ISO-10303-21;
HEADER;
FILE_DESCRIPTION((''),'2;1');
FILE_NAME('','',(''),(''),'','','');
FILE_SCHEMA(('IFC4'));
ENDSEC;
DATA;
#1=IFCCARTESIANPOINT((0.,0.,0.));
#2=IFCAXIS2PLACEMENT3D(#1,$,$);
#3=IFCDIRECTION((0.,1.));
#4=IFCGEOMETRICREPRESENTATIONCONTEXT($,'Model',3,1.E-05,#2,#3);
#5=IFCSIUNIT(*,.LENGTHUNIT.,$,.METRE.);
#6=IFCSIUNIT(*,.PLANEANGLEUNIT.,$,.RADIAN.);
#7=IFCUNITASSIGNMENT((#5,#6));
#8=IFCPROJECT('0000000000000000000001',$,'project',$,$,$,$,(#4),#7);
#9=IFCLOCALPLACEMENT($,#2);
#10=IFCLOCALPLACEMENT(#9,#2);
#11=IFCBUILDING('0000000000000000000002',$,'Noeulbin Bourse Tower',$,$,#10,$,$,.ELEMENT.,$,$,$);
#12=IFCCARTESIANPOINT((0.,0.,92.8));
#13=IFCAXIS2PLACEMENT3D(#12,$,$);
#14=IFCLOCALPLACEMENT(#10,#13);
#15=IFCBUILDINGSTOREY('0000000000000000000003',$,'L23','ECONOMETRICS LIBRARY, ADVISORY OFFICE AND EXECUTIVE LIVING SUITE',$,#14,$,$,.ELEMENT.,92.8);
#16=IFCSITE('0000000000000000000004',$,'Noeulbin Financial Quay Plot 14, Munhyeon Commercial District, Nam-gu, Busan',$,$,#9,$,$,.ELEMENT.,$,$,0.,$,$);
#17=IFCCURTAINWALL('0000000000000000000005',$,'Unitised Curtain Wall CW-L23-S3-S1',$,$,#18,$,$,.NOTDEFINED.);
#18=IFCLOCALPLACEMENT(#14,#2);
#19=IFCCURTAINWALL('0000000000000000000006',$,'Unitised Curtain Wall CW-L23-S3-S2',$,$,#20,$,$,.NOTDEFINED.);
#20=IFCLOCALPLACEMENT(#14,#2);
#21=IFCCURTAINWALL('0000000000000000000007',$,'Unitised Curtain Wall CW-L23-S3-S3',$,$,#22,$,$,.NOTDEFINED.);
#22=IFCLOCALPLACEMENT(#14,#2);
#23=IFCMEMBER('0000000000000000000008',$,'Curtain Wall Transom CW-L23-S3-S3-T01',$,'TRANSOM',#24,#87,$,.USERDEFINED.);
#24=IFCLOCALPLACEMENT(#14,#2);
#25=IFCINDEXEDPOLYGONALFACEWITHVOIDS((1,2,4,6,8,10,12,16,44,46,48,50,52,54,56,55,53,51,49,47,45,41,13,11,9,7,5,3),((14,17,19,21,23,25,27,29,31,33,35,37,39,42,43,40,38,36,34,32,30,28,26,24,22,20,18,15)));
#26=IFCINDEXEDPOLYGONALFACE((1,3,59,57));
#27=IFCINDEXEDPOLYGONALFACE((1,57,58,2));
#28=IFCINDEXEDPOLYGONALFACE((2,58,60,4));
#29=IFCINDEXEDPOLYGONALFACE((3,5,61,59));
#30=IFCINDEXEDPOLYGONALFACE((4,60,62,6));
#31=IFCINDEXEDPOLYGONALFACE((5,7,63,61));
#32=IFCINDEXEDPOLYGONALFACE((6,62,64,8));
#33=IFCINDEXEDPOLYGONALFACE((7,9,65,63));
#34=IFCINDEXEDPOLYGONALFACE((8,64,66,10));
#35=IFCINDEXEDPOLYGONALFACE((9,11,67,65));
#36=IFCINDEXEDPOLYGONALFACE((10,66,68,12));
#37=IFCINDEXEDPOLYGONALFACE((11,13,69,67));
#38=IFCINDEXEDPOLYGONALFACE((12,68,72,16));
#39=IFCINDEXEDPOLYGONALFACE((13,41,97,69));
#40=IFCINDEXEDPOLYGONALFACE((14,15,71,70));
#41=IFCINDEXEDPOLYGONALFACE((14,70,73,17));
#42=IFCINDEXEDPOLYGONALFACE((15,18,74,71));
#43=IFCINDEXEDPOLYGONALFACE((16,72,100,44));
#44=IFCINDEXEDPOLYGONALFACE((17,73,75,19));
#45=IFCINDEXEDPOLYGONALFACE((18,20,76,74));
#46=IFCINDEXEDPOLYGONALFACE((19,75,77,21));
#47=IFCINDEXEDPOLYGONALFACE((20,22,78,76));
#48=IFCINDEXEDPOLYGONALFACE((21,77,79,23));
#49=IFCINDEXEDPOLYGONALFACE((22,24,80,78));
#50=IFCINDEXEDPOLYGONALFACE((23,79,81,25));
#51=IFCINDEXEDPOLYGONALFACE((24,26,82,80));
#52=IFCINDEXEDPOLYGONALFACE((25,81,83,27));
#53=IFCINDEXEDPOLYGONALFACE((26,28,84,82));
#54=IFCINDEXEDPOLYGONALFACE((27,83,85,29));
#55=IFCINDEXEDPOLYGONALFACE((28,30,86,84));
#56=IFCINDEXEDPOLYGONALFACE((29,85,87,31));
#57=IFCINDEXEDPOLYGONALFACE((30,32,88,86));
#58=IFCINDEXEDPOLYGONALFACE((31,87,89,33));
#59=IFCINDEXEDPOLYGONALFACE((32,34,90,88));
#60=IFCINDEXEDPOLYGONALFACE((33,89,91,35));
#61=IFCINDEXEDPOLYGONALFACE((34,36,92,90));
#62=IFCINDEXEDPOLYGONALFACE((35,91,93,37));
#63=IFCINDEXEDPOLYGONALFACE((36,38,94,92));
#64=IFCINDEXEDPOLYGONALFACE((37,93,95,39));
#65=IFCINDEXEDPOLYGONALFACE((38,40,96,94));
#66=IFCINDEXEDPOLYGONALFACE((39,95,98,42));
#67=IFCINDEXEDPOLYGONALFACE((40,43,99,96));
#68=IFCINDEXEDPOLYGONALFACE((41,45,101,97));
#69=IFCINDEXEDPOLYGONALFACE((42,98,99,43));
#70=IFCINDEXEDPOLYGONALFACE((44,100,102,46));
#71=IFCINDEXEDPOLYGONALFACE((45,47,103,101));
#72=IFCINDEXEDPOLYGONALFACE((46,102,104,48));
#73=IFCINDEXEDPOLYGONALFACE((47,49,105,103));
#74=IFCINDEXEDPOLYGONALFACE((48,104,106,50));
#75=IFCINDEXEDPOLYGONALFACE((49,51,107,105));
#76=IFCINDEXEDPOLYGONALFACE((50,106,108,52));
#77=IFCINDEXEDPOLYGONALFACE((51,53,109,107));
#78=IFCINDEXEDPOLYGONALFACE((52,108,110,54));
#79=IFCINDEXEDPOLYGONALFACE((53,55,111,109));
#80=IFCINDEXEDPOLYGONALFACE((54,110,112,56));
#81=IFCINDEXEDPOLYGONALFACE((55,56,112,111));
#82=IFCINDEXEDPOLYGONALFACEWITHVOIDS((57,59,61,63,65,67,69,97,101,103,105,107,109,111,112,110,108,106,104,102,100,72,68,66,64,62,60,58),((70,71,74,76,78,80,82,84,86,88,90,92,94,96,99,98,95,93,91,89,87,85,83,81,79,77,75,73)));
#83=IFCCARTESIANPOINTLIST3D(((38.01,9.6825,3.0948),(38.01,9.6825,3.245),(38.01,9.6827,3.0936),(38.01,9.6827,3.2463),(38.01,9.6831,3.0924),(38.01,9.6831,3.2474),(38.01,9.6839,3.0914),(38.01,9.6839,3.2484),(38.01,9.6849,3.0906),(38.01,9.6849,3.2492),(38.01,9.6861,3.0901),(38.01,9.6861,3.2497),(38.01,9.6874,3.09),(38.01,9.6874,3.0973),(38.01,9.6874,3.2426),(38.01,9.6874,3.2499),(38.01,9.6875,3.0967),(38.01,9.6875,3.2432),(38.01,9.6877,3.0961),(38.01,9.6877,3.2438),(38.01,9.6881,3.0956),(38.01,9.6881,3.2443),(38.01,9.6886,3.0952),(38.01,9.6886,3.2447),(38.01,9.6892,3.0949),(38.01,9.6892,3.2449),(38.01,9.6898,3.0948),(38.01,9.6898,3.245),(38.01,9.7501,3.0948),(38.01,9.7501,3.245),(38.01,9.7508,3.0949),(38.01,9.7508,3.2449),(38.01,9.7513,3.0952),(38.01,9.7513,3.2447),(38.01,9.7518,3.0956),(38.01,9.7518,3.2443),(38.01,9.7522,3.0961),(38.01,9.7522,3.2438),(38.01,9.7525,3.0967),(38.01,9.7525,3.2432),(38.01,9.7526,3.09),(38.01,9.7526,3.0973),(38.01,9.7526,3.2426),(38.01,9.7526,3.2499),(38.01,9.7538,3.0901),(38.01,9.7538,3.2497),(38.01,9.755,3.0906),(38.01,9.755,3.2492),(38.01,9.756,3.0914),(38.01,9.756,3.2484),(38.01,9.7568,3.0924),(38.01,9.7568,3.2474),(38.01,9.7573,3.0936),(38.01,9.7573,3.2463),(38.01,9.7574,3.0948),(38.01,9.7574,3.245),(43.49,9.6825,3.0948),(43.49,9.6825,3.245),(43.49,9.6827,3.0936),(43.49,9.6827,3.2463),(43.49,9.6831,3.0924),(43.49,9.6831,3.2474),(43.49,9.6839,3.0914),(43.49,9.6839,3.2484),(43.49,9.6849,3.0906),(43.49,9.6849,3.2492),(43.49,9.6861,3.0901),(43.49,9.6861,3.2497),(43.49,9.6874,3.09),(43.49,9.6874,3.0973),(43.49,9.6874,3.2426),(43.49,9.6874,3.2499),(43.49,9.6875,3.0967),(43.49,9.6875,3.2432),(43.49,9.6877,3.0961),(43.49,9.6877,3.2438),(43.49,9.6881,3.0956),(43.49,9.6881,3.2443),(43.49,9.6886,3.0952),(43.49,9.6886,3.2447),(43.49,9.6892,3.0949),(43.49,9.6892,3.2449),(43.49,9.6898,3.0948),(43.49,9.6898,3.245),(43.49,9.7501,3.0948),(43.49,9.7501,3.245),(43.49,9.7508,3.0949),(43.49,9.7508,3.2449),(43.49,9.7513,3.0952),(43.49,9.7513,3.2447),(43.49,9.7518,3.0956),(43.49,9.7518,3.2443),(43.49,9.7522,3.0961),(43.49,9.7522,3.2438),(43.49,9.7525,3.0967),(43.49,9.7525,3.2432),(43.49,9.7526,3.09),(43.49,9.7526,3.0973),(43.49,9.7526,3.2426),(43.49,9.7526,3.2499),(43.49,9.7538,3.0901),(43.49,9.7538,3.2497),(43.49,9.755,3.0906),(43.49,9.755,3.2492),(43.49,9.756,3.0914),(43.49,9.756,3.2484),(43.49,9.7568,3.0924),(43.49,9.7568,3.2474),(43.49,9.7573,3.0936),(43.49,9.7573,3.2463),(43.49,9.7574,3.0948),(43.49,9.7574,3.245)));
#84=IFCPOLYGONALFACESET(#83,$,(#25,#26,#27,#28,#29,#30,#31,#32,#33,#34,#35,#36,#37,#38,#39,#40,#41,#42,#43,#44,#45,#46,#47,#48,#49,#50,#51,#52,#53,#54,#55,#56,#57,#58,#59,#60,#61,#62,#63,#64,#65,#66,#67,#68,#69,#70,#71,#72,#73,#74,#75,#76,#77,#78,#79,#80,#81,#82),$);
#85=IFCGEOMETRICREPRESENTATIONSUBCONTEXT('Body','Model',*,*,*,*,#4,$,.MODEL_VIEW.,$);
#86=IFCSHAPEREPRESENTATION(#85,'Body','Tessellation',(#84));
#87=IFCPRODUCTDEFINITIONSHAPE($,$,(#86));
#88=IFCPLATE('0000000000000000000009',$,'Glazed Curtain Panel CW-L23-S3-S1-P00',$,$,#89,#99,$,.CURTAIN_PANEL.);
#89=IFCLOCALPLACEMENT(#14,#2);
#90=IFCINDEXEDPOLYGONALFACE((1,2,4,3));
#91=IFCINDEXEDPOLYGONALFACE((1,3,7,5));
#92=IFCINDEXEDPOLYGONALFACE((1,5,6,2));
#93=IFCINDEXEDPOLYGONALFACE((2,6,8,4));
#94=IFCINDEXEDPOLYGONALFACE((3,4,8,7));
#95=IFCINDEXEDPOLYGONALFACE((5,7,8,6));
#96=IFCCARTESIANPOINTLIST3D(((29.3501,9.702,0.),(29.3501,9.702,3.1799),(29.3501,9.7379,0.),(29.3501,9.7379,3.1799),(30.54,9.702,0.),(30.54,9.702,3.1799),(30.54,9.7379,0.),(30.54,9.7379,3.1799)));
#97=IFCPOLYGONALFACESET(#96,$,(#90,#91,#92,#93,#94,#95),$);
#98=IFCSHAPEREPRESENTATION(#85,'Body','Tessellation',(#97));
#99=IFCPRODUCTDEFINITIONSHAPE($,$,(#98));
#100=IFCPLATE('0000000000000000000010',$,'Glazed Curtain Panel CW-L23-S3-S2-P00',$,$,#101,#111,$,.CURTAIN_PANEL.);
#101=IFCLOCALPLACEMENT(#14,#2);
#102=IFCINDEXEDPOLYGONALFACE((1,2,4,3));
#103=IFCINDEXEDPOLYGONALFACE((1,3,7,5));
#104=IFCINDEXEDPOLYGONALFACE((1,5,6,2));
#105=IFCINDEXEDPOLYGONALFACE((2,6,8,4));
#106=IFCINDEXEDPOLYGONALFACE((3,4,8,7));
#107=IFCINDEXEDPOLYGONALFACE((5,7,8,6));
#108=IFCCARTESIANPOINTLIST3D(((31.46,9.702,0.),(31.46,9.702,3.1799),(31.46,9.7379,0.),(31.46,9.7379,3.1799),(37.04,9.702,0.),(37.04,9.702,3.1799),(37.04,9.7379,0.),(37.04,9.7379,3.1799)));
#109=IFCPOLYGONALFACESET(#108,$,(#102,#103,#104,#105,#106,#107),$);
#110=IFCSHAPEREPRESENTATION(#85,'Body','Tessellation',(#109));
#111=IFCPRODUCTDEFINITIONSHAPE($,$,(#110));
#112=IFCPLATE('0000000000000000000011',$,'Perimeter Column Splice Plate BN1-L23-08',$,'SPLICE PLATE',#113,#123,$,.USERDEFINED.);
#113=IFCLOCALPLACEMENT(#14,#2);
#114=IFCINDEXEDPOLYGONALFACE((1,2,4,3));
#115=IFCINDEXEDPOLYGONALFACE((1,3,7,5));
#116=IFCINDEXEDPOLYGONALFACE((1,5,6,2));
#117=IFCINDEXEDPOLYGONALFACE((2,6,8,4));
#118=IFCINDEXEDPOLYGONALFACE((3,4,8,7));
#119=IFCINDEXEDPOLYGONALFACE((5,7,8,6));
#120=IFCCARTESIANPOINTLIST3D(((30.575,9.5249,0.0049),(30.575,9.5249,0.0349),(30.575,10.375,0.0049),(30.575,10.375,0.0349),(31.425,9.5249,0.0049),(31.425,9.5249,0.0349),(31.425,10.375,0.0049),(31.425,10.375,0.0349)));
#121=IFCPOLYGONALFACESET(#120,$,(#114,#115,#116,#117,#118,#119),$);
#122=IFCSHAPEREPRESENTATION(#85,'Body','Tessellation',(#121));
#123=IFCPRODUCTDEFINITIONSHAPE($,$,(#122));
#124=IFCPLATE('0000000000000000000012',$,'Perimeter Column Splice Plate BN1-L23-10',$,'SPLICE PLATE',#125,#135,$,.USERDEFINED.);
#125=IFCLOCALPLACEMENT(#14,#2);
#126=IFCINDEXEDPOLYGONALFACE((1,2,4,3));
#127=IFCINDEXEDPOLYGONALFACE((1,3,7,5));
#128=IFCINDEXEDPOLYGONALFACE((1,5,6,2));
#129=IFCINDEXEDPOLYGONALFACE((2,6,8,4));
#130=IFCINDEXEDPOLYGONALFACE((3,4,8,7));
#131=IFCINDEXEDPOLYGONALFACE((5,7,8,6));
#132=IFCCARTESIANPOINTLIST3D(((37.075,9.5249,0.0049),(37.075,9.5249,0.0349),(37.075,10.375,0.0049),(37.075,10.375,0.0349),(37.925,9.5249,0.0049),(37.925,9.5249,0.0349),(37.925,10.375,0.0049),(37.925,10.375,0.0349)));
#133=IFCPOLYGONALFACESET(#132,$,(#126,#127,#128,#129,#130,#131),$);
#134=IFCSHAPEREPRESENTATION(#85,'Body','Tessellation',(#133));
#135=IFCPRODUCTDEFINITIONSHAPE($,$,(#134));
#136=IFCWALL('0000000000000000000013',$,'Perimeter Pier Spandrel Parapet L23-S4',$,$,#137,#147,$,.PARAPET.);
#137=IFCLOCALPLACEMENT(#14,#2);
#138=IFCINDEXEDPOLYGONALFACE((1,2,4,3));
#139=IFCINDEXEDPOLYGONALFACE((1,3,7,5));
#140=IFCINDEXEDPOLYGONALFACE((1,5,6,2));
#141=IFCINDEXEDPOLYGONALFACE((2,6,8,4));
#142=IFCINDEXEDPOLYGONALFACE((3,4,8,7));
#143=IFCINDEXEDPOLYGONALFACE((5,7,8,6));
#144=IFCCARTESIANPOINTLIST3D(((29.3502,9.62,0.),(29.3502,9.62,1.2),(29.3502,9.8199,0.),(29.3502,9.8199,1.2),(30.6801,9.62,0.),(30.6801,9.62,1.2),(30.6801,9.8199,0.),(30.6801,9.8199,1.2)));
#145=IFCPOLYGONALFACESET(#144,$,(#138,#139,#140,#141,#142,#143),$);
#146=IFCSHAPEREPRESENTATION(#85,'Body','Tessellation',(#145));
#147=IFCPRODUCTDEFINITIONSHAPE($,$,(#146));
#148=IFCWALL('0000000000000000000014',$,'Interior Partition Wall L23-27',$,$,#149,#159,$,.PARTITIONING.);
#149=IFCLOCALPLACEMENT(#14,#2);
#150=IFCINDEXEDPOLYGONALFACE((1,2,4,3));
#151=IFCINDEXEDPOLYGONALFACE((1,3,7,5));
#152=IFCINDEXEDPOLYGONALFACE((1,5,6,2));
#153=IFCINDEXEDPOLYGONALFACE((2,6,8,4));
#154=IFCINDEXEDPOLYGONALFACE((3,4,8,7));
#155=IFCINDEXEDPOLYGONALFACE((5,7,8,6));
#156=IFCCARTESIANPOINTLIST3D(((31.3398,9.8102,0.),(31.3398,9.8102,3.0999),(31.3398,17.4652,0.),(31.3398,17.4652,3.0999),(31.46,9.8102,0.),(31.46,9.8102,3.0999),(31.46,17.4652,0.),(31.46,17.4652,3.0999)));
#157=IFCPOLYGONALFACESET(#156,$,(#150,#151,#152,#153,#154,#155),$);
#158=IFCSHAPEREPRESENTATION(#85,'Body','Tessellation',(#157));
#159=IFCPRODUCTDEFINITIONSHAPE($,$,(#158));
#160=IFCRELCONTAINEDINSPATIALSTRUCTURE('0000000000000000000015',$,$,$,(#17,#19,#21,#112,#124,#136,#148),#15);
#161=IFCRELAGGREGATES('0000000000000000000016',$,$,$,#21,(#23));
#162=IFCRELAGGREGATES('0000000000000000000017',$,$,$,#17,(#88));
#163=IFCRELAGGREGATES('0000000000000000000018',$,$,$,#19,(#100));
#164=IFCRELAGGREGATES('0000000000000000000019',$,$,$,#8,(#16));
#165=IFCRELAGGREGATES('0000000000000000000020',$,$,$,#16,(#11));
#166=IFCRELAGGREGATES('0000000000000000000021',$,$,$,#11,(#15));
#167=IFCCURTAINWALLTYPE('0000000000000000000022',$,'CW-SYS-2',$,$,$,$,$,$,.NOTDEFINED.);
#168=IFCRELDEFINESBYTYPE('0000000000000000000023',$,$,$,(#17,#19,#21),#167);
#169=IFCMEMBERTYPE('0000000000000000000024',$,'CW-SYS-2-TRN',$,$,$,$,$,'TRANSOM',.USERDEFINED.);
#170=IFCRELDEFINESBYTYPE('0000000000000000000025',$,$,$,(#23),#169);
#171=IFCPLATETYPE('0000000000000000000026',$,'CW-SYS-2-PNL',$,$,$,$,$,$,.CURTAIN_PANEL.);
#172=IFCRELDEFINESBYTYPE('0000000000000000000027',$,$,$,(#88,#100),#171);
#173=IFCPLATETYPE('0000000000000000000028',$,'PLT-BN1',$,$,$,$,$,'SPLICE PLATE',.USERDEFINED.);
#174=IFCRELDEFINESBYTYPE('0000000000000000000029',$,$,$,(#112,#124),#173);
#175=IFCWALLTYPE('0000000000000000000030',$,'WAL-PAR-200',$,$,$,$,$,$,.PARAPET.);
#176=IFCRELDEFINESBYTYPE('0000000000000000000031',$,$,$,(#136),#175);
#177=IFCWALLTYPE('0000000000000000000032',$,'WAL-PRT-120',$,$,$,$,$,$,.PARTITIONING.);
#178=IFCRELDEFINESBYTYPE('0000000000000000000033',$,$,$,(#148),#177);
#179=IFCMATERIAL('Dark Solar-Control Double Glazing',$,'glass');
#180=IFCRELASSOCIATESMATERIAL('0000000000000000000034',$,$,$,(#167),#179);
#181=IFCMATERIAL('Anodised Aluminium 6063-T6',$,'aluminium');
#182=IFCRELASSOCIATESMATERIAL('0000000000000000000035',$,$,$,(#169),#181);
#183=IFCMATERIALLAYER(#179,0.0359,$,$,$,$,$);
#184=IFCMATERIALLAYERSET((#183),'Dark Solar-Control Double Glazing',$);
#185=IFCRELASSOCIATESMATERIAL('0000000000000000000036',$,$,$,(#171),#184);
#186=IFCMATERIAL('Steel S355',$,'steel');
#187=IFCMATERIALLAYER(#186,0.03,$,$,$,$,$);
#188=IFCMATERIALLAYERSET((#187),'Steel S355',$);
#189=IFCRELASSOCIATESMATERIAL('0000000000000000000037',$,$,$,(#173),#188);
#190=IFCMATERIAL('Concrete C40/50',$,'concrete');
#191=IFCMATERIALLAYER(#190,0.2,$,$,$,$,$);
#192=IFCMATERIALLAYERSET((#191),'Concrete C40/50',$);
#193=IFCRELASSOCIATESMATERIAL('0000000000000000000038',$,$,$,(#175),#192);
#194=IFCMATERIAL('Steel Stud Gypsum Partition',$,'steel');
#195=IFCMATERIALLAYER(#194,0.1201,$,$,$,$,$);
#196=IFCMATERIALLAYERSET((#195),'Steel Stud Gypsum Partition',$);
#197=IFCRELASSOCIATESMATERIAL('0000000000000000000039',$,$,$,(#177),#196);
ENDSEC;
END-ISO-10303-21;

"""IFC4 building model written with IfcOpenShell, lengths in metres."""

from ifc_helpers import new_model, si_unit, direction, frame, frame_2d, origin, origin_2d, place, context, subcontext, project, spatial, rectangle, hollow_rectangle, extrude, material, layer, layer_set, material_profile, profile_set, type_object, element, aggregate, save


model = new_model("IFC4")

# Units and contexts
model_context = context("Model", 3, precision=1e-05, world=origin(), true_north=direction((0.0, 1.0)))
body_context = subcontext(model_context, "Body", "Model", "MODEL_VIEW")
ifc_project = project(units=[si_unit("LENGTHUNIT", "METRE"), si_unit("PLANEANGLEUNIT", "RADIAN")], contexts=[model_context])

# Site, building, storey
site_placement = place(None, origin())
site = spatial("IfcSite", under=ifc_project, at=site_placement, Name="Noeulbin Financial Quay Plot 14, Munhyeon Commercial District, Nam-gu, Busan", CompositionType="ELEMENT", RefElevation=0.0)
building_placement = place(site_placement, origin())
building = spatial("IfcBuilding", under=site, at=building_placement, Name="Noeulbin Bourse Tower", CompositionType="ELEMENT")
storey_placement = place(building_placement, frame((0.0, 0.0, 92.8)))
storey = spatial("IfcBuildingStorey", under=building, at=storey_placement, Name="L23", Description="ECONOMETRICS LIBRARY, ADVISORY OFFICE AND EXECUTIVE LIVING SUITE", CompositionType="ELEMENT", Elevation=92.8)

# Shared definitions
ifc_material_1 = material(Name="Steel S355", Category="steel")

# Curtain walls
ifc_material_2 = material(Name="Dark Solar-Control Double Glazing", Category="glass")
curtain_wall_type = type_object("IfcCurtainWallType", Name="CW-SYS-2", PredefinedType="NOTDEFINED", material=ifc_material_2)
curtain_wall_1_placement = place(storey_placement, origin())
curtain_wall_1 = element("IfcCurtainWall", 1, at=curtain_wall_1_placement, inside=storey, type_object=curtain_wall_type, Name="Unitised Curtain Wall CW-L23-S3-S1", PredefinedType="NOTDEFINED")
ifc_material_3 = material(Name="Anodised Aluminium 6063-T6", Category="aluminium")
curtain_wall_2_placement = place(storey_placement, origin())
curtain_wall_2 = element("IfcCurtainWall", 2, at=curtain_wall_2_placement, inside=storey, type_object=curtain_wall_type, Name="Unitised Curtain Wall CW-L23-S3-S2", PredefinedType="NOTDEFINED")

# Curtain wall
curtain_wall_3_placement = place(storey_placement, origin())
curtain_wall_3 = element("IfcCurtainWall", 3, at=curtain_wall_3_placement, inside=storey, type_object=curtain_wall_type, Name="Unitised Curtain Wall CW-L23-S3-S3", PredefinedType="NOTDEFINED")

# Member
ifc_material_profile_1 = material_profile(ifc_material_3, hollow_rectangle(XDim=0.075, YDim=0.1599, WallThickness=0.0049, InnerFilletRadius=0.0024, OuterFilletRadius=0.0049, at=origin_2d()), Name="ALU-TRAN-75x160x5", Category="LoadBearing")
ifc_profile_set_1 = profile_set([ifc_material_profile_1], Name="Anodised Aluminium 6063-T6")
member_type_1 = type_object("IfcMemberType", Name="CW-SYS-2-TRN", ElementType="TRANSOM", PredefinedType="USERDEFINED", material=ifc_profile_set_1)
member_1_placement = place(storey_placement, frame((38.01, 9.72, 3.1699), z_axis=(1.0, 0.0, 0.0), x_axis=(0.0, 1.0, 0.0)))
member_1 = element("IfcMember", 4, at=member_1_placement, type_object=member_type_1, Name="Curtain Wall Transom CW-L23-S3-S3-T01", ObjectType="TRANSOM", PredefinedType="USERDEFINED", context=body_context, shape_type="SweptSolid", body=[
    extrude(hollow_rectangle(XDim=0.075, YDim=0.1599, WallThickness=0.0049, InnerFilletRadius=0.0024, OuterFilletRadius=0.0049, at=origin_2d()), origin(), (0.0, 0.0, 1.0), 5.48),
])
aggregate(curtain_wall_3, [member_1])

# Plates
ifc_layer_1 = layer(ifc_material_2, 0.0359)
ifc_layer_set_1 = layer_set([ifc_layer_1], Name="Dark Solar-Control Double Glazing")
plate_type_1 = type_object("IfcPlateType", Name="CW-SYS-2-PNL", PredefinedType="CURTAIN_PANEL", material=ifc_layer_set_1)
plate_1_placement = place(storey_placement, frame((29.9451, 9.72, 0.0), z_axis=(0.0, 0.0, 1.0), x_axis=(1.0, 0.0, 0.0)))
plate_1 = element("IfcPlate", 5, at=plate_1_placement, type_object=plate_type_1, Name="Glazed Curtain Panel CW-L23-S3-S1-P00", PredefinedType="CURTAIN_PANEL", context=body_context, shape_type="SweptSolid", body=[
    extrude(rectangle(XDim=1.1899, YDim=0.0359, at=origin_2d()), origin(), (0.0, 0.0, 1.0), 3.1799),
])
aggregate(curtain_wall_1, [plate_1])
plate_2_placement = place(storey_placement, frame((34.25, 9.72, 0.0), z_axis=(0.0, 0.0, 1.0), x_axis=(1.0, 0.0, 0.0)))
plate_2 = element("IfcPlate", 6, at=plate_2_placement, type_object=plate_type_1, Name="Glazed Curtain Panel CW-L23-S3-S2-P00", PredefinedType="CURTAIN_PANEL", context=body_context, shape_type="SweptSolid", body=[
    extrude(rectangle(XDim=5.5801, YDim=0.0359, at=origin_2d()), origin(), (0.0, 0.0, 1.0), 3.1799),
])
aggregate(curtain_wall_2, [plate_2])

# Plates
ifc_layer_2 = layer(ifc_material_1, 0.03)
ifc_layer_set_2 = layer_set([ifc_layer_2], Name="Steel S355")
plate_type_2 = type_object("IfcPlateType", Name="PLT-BN1", ElementType="SPLICE PLATE", PredefinedType="USERDEFINED", material=ifc_layer_set_2)
for number, where, z_axis, x_axis, name in (
    (7, (31.0, 9.95, 0.0049), (0.0, 0.0, 1.0), (1.0, 0.0, 0.0), "Perimeter Column Splice Plate BN1-L23-08"),
    (8, (37.5, 9.95, 0.0049), (0.0, 0.0, 1.0), (1.0, 0.0, 0.0), "Perimeter Column Splice Plate BN1-L23-10"),
):
    element("IfcPlate", number, at=place(storey_placement, frame(where, z_axis=z_axis, x_axis=x_axis)), inside=storey, type_object=plate_type_2, Name=name, ObjectType="SPLICE PLATE", PredefinedType="USERDEFINED", context=body_context, shape_type="SweptSolid", body=[
        extrude(rectangle(XDim=0.8501, YDim=0.8501, at=origin_2d()), origin(), (0.0, 0.0, 1.0), 0.03),
    ])

# Walls
ifc_material_4 = material(Name="Concrete C40/50", Category="concrete")
ifc_layer_3 = layer(ifc_material_4, 0.2)
ifc_layer_set_3 = layer_set([ifc_layer_3], Name="Concrete C40/50")
wall_type_1 = type_object("IfcWallType", Name="WAL-PAR-200", PredefinedType="PARAPET", material=ifc_layer_set_3)
wall_1_placement = place(storey_placement, frame((29.3501, 9.72, 0.0), z_axis=(0.0, 0.0, 1.0), x_axis=(1.0, 0.0, 0.0)))
element("IfcWall", 9, at=wall_1_placement, inside=storey, type_object=wall_type_1, Name="Perimeter Pier Spandrel Parapet L23-S4", PredefinedType="PARAPET", context=body_context, shape_type="SweptSolid", body=[
    extrude(rectangle(XDim=1.3298, YDim=0.2, at=frame_2d((0.665, 0.0))), origin(), (0.0, 0.0, 1.0), 1.2),
])
ifc_material_5 = material(Name="Steel Stud Gypsum Partition", Category="steel")
ifc_layer_4 = layer(ifc_material_5, 0.1201)
ifc_layer_set_4 = layer_set([ifc_layer_4], Name="Steel Stud Gypsum Partition")
wall_type_2 = type_object("IfcWallType", Name="WAL-PRT-120", PredefinedType="PARTITIONING", material=ifc_layer_set_4)
wall_2_placement = place(storey_placement, frame((31.3999, 9.8101, 0.0), z_axis=(0.0, 0.0, 1.0), x_axis=(0.0, 1.0, 0.0)))
element("IfcWall", 10, at=wall_2_placement, inside=storey, type_object=wall_type_2, Name="Interior Partition Wall L23-27", PredefinedType="PARTITIONING", context=body_context, shape_type="SweptSolid", body=[
    extrude(rectangle(XDim=7.655, YDim=0.1201, at=frame_2d((3.8276, 0.0))), origin(), (0.0, 0.0, 1.0), 3.0999),
])

save(model, "model.ifc")
